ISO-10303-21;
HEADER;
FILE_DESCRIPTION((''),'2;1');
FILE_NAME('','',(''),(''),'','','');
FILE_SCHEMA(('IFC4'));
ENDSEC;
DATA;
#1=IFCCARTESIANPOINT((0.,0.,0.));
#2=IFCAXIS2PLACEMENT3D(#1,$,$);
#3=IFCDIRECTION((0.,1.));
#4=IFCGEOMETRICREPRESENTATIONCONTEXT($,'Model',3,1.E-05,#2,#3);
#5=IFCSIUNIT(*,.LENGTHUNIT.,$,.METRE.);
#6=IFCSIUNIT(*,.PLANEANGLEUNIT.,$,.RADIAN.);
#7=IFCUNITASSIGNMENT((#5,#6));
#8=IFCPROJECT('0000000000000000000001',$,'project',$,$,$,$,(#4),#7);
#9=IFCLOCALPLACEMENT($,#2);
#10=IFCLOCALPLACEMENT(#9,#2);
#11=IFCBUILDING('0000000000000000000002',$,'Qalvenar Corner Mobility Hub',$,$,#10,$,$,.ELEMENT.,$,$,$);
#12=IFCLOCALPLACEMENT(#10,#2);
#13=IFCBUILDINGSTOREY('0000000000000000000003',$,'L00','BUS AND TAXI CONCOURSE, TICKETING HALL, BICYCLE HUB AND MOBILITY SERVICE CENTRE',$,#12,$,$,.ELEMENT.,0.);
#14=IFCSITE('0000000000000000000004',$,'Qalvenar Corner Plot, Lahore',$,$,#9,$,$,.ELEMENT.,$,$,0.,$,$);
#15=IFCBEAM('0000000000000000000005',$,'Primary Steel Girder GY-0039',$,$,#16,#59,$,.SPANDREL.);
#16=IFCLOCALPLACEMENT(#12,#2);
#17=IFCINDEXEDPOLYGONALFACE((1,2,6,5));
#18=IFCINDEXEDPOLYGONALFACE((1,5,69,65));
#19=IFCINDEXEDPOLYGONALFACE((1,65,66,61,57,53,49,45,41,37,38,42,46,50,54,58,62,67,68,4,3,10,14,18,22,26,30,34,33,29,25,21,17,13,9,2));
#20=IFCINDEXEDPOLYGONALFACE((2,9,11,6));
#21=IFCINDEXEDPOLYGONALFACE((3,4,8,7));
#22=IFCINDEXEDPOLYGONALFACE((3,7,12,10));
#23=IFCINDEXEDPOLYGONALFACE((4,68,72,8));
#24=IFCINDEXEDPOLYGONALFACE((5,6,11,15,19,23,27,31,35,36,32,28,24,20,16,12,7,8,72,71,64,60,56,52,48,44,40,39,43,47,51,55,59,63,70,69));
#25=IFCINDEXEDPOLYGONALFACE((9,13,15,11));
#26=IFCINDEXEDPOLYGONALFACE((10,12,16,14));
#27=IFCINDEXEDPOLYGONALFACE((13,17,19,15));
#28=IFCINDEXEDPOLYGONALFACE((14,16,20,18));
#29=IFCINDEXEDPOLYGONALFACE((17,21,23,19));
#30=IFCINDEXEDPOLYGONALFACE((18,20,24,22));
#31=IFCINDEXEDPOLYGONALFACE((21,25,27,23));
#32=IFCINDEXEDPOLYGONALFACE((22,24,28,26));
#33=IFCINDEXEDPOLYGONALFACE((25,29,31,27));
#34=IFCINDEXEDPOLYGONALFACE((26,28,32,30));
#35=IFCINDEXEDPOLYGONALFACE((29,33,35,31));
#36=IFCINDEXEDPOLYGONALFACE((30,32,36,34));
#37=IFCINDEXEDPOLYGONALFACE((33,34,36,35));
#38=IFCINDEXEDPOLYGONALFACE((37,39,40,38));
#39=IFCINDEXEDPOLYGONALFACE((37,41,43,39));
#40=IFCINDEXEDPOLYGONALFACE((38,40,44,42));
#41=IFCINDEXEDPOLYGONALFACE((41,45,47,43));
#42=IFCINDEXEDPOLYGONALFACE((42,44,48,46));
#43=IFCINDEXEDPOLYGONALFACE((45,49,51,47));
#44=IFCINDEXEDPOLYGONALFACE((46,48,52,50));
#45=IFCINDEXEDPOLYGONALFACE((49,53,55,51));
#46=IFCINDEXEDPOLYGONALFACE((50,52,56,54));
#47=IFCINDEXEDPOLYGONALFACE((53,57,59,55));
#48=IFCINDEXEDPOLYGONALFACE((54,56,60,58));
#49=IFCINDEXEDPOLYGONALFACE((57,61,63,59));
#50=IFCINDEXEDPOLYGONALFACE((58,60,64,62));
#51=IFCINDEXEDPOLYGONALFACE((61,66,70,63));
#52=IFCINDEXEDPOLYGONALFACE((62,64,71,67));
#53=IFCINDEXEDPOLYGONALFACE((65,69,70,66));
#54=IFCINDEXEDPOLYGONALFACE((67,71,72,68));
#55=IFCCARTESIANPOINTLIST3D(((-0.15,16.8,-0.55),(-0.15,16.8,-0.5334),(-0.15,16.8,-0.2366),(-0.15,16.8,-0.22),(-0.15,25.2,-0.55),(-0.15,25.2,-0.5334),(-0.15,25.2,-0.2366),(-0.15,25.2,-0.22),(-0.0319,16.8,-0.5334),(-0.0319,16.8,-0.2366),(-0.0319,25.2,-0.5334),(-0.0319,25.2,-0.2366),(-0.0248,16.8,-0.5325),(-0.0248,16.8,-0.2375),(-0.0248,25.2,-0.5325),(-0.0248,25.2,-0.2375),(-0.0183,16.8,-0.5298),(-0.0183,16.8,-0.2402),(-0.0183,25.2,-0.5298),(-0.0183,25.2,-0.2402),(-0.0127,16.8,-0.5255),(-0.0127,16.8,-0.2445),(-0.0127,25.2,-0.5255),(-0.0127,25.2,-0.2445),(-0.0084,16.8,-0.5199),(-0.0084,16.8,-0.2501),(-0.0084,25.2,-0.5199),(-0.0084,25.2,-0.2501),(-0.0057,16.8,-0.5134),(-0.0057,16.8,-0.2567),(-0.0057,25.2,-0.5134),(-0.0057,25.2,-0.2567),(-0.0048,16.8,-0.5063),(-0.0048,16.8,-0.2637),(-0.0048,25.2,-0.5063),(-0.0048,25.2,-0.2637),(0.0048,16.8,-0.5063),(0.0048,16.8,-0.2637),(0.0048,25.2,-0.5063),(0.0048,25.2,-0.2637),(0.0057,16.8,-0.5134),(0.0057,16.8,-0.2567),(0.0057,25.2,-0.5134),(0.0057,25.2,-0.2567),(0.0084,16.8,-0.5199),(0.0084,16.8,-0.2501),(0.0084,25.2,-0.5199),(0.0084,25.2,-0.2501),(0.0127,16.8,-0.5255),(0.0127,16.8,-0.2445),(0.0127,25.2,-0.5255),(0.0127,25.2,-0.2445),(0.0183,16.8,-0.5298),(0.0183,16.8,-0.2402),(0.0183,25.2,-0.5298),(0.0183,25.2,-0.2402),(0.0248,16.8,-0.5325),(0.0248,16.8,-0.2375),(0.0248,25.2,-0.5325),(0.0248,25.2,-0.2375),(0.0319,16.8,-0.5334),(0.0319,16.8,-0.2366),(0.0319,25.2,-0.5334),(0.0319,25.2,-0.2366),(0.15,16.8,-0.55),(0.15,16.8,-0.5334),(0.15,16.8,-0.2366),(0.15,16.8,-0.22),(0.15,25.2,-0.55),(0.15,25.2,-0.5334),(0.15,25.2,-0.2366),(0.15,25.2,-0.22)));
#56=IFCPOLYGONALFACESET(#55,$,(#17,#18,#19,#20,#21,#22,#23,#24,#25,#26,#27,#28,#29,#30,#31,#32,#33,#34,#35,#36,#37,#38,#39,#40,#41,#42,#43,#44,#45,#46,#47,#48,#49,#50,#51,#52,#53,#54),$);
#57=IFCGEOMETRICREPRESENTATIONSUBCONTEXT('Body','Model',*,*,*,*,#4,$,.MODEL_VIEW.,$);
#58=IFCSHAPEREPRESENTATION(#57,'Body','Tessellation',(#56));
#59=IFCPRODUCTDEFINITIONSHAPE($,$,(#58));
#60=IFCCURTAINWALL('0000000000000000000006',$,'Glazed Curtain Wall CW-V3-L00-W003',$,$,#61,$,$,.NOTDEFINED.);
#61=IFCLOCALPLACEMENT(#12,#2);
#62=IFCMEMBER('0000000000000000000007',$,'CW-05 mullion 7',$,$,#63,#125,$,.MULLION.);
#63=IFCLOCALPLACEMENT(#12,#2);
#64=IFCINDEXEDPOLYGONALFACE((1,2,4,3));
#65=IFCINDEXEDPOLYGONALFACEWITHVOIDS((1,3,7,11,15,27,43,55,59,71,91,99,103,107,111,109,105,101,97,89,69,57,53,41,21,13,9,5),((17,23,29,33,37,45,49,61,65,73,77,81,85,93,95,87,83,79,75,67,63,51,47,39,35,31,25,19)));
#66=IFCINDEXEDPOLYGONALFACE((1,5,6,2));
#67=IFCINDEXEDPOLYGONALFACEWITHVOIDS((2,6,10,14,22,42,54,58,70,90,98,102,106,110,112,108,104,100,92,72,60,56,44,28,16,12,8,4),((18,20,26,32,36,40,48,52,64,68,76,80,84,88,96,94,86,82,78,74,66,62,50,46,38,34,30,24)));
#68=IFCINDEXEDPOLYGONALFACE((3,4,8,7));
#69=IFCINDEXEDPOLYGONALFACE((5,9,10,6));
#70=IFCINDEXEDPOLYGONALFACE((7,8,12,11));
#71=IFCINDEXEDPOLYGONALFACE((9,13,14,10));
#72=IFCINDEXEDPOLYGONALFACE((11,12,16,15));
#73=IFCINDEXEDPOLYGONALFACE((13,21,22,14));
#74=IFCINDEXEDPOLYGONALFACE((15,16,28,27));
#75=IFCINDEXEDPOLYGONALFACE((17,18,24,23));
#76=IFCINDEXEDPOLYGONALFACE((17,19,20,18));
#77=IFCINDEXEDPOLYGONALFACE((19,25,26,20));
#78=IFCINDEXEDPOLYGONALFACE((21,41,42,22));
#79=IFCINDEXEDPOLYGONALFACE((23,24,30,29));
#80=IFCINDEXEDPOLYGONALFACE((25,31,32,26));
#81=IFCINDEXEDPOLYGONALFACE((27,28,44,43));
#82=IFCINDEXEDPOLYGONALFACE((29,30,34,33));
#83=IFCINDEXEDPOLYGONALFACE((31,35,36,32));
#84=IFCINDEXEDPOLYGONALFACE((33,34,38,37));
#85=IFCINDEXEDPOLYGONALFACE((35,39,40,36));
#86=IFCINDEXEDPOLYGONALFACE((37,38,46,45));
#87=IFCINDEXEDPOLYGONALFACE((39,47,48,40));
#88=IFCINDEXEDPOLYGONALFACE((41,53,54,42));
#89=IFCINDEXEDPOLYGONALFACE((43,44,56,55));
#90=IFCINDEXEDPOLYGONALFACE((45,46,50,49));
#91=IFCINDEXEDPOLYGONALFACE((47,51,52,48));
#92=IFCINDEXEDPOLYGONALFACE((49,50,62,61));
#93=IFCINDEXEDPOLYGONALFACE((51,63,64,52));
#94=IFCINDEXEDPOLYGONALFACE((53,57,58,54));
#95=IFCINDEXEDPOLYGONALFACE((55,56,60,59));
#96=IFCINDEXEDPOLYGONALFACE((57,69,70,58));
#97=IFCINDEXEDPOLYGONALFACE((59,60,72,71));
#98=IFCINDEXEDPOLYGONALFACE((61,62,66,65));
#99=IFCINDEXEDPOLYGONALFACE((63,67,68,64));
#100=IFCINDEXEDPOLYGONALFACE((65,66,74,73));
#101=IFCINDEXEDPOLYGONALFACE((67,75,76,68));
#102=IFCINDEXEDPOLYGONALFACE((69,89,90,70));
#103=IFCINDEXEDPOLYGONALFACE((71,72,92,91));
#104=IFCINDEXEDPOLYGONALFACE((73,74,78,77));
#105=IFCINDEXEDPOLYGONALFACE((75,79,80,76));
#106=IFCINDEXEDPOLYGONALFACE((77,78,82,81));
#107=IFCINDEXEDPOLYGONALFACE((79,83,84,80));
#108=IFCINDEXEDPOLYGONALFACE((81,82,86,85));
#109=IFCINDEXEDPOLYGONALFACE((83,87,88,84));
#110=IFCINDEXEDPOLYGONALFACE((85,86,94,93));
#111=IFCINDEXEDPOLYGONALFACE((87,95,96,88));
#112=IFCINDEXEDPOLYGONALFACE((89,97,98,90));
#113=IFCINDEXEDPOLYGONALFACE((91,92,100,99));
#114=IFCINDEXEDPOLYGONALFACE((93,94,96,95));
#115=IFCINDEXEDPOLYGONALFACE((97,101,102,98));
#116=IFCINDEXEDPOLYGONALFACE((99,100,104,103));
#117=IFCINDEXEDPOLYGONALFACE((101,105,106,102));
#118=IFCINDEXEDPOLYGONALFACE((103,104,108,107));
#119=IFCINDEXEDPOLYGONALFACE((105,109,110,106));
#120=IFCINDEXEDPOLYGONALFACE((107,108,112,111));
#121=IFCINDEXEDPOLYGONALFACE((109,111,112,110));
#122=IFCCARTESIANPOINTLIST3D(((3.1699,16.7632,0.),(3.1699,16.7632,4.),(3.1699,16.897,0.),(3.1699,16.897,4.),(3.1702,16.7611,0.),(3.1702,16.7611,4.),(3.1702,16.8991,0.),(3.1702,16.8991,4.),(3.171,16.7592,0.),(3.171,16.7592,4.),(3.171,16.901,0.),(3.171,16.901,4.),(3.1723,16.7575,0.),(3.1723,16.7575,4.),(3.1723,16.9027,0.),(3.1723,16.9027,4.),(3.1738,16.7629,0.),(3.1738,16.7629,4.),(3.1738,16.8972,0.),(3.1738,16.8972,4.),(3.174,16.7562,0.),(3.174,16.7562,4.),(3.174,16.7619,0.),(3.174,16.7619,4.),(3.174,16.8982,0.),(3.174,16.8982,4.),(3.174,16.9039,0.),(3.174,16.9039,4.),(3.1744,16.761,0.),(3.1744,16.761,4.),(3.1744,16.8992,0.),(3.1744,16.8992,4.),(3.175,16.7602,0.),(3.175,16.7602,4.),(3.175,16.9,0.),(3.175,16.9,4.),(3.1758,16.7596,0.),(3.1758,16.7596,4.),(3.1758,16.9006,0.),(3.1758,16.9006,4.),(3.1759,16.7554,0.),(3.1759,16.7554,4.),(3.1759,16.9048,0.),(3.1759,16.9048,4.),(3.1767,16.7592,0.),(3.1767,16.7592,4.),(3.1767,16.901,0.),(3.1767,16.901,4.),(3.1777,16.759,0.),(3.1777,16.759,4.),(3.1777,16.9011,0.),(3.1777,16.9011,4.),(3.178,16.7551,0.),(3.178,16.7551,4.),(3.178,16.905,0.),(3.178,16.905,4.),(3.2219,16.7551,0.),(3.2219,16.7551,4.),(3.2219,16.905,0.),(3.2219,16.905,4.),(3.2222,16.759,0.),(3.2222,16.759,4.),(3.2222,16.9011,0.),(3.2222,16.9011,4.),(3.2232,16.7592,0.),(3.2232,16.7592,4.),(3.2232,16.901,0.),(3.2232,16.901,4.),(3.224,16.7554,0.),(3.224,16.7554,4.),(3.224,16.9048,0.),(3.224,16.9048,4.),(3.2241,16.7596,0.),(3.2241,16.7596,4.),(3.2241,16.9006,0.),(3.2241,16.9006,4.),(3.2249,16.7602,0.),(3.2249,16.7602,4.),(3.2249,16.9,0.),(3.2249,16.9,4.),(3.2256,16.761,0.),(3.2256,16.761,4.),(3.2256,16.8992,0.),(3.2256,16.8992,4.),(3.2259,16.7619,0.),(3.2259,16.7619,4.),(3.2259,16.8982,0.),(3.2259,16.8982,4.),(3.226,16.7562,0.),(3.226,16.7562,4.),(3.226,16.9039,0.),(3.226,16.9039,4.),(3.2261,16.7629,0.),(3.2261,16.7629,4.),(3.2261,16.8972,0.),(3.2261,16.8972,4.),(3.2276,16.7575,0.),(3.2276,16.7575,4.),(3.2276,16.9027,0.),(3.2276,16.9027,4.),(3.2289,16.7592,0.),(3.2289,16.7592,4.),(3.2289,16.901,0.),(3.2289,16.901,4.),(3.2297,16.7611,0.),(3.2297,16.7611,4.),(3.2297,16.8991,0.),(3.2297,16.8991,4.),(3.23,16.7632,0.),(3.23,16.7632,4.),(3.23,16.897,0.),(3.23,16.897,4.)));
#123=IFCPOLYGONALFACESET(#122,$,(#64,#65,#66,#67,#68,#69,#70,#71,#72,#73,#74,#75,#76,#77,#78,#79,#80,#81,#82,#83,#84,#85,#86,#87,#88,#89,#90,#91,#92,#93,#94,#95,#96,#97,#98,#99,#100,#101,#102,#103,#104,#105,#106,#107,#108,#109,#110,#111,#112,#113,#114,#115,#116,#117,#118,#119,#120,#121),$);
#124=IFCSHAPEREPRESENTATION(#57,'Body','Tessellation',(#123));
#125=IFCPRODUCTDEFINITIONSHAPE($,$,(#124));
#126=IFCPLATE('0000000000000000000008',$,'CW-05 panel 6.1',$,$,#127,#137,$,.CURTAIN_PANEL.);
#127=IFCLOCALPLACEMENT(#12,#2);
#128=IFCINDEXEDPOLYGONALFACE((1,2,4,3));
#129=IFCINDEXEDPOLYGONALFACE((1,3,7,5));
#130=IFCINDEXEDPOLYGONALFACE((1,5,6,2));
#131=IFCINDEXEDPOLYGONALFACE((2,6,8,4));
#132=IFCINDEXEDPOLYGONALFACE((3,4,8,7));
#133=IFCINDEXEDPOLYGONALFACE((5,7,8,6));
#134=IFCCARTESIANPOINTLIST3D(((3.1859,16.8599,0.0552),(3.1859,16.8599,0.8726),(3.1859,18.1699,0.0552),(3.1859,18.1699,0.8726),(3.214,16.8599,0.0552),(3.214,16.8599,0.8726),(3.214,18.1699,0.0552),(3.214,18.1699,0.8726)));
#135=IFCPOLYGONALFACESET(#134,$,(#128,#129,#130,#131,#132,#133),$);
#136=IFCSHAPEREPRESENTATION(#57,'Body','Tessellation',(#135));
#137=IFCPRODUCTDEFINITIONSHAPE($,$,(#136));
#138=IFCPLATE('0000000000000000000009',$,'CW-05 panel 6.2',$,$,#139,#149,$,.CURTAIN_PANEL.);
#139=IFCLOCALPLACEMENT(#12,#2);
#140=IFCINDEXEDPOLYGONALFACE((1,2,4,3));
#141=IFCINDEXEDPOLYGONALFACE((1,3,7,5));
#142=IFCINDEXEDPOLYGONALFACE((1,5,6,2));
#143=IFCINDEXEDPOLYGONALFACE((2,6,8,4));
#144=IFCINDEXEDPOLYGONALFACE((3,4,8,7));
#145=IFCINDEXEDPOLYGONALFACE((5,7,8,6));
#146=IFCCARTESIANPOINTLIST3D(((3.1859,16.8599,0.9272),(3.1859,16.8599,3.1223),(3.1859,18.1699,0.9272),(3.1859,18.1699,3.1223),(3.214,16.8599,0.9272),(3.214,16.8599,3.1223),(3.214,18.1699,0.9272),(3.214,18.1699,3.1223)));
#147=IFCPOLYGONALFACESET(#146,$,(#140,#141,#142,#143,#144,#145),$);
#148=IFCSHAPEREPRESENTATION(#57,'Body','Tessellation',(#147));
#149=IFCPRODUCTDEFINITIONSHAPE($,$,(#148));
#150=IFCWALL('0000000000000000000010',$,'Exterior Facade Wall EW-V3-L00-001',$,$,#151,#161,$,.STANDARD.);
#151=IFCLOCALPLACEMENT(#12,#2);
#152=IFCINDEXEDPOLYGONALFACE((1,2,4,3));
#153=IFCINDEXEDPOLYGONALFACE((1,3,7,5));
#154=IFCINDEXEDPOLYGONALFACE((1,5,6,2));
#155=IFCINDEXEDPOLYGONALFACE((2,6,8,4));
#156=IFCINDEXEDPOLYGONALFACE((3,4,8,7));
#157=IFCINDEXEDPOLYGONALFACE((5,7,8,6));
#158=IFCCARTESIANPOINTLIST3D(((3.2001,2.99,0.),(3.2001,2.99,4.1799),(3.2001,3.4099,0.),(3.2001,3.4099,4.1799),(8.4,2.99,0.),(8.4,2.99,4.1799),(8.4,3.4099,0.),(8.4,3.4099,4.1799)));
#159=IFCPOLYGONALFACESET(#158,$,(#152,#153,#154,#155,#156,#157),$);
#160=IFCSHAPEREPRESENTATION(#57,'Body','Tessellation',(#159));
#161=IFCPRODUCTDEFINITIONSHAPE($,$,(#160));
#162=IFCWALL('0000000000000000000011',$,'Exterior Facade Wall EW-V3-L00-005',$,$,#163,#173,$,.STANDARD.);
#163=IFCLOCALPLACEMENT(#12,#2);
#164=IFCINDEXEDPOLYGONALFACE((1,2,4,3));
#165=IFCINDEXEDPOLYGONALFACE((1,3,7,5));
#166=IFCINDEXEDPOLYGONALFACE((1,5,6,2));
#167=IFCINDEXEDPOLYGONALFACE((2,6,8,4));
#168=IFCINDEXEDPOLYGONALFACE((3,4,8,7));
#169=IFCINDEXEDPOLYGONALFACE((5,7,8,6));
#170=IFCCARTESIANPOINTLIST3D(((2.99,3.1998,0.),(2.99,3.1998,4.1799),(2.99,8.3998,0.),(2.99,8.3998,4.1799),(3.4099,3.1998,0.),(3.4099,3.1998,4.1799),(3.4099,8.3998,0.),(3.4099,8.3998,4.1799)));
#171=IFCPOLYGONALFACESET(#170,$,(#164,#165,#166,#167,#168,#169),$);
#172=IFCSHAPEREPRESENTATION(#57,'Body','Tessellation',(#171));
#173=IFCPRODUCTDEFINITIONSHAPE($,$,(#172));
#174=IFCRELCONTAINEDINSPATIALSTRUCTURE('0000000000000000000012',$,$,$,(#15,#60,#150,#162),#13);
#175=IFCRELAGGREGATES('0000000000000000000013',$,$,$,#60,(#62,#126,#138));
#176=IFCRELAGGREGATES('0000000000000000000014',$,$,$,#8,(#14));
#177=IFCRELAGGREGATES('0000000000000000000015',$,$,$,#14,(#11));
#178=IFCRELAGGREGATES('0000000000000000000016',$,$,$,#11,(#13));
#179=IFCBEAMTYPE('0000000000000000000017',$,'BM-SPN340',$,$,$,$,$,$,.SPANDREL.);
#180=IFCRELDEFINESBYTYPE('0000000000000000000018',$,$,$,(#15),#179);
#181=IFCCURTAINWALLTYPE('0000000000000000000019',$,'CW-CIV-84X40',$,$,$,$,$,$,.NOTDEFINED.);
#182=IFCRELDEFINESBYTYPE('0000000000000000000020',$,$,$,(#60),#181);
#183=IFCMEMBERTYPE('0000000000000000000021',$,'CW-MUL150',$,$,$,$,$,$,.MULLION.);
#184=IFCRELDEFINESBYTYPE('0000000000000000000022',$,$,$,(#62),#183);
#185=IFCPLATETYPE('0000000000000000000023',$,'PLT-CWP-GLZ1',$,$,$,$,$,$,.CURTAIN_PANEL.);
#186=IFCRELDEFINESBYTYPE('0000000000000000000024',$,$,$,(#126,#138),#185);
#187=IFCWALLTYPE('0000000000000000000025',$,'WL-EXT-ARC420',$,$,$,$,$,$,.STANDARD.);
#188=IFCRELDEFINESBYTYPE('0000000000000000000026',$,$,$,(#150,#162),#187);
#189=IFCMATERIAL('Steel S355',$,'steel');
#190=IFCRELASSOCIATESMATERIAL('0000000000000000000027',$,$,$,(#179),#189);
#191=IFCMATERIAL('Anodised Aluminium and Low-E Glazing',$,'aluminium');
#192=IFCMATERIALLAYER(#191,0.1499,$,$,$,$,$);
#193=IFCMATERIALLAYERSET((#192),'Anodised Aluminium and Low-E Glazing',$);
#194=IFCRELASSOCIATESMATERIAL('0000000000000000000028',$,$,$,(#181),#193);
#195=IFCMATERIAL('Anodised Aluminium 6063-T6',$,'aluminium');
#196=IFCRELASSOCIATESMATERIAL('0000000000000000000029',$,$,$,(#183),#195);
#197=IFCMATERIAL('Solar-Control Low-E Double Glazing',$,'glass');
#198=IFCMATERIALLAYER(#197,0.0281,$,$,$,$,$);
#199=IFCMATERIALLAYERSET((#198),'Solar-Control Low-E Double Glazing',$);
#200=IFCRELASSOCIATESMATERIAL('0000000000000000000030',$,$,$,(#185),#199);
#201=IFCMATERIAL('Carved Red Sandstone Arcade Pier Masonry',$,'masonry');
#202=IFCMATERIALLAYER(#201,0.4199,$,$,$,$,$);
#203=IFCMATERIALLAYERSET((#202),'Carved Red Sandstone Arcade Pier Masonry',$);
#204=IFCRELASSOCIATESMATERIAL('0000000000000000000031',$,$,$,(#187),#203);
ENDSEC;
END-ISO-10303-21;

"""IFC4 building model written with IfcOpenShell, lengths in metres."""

from ifc_helpers import new_model, si_unit, direction, frame, frame_2d, origin, origin_2d, place, context, subcontext, project, spatial, rectangle, hollow_rectangle, i_section, extrude, material, layer, layer_set, material_profile, profile_set, type_object, element, aggregate, save


model = new_model("IFC4")

# Units and contexts
model_context = context("Model", 3, precision=1e-05, world=origin(), true_north=direction((0.0, 1.0)))
body_context = subcontext(model_context, "Body", "Model", "MODEL_VIEW")
ifc_project = project(units=[si_unit("LENGTHUNIT", "METRE"), si_unit("PLANEANGLEUNIT", "RADIAN")], contexts=[model_context])

# Site, building, storey
site_placement = place(None, origin())
site = spatial("IfcSite", under=ifc_project, at=site_placement, Name="Qalvenar Corner Plot, Lahore", CompositionType="ELEMENT", RefElevation=0.0)
building_placement = place(site_placement, origin())
building = spatial("IfcBuilding", under=site, at=building_placement, Name="Qalvenar Corner Mobility Hub", CompositionType="ELEMENT")
storey_placement = place(building_placement, origin())
storey = spatial("IfcBuildingStorey", under=building, at=storey_placement, Name="L00", Description="BUS AND TAXI CONCOURSE, TICKETING HALL, BICYCLE HUB AND MOBILITY SERVICE CENTRE", CompositionType="ELEMENT", Elevation=0.0)

# Shared definitions
ifc_material_1 = material(Name="Steel S355", Category="steel")

# Beam
ifc_material_profile_1 = material_profile(ifc_material_1, i_section(OverallWidth=0.3, OverallDepth=0.3301, WebThickness=0.0095, FlangeThickness=0.0166, FilletRadius=0.0271, at=origin_2d()), Name="HEA340")
ifc_profile_set_1 = profile_set([ifc_material_profile_1], Name="Steel S355")
beam_type_1 = type_object("IfcBeamType", Name="BM-SPN340", PredefinedType="SPANDREL", material=ifc_profile_set_1)
beam_1_placement = place(storey_placement, frame((0.0, 16.8, -0.385), z_axis=(0.0, 1.0, 0.0), x_axis=(-1.0, 0.0, 0.0)))
element("IfcBeam", 1, at=beam_1_placement, inside=storey, type_object=beam_type_1, Name="Primary Steel Girder GY-0039", PredefinedType="SPANDREL", context=body_context, shape_type="SweptSolid", body=[
    extrude(i_section(OverallWidth=0.3, OverallDepth=0.3301, WebThickness=0.0095, FlangeThickness=0.0166, FilletRadius=0.0271, at=origin_2d()), origin(), (0.0, 0.0, 1.0), 8.3999),
])

# Curtain wall, member, plates
ifc_material_2 = material(Name="Anodised Aluminium and Low-E Glazing", Category="aluminium")
ifc_layer_1 = layer(ifc_material_2, 0.1499)
ifc_layer_set_1 = layer_set([ifc_layer_1], Name="Anodised Aluminium and Low-E Glazing")
curtain_wall_type = type_object("IfcCurtainWallType", Name="CW-CIV-84X40", PredefinedType="NOTDEFINED", material=ifc_layer_set_1)
curtain_wall_placement = place(storey_placement, origin())
curtain_wall = element("IfcCurtainWall", 2, at=curtain_wall_placement, inside=storey, type_object=curtain_wall_type, Name="Glazed Curtain Wall CW-V3-L00-W003", PredefinedType="NOTDEFINED")
ifc_material_3 = material(Name="Anodised Aluminium 6063-T6", Category="aluminium")
ifc_material_profile_2 = material_profile(ifc_material_3, hollow_rectangle(XDim=0.0601, YDim=0.1499, WallThickness=0.0039, InnerFilletRadius=0.0039, OuterFilletRadius=0.0081, at=origin_2d()), Name="RHS150x60x4")
ifc_profile_set_2 = profile_set([ifc_material_profile_2], Name="Anodised Aluminium 6063-T6")
member_type = type_object("IfcMemberType", Name="CW-MUL150", PredefinedType="MULLION", material=ifc_profile_set_2)
member_placement = place(storey_placement, frame((3.2, 16.8301, 0.0), z_axis=(0.0, 0.0, 1.0), x_axis=(1.0, 0.0, 0.0)))
member = element("IfcMember", 3, at=member_placement, type_object=member_type, Name="CW-05 mullion 7", PredefinedType="MULLION", context=body_context, shape_type="SweptSolid", body=[
    extrude(hollow_rectangle(XDim=0.0601, YDim=0.1499, WallThickness=0.0039, InnerFilletRadius=0.0039, OuterFilletRadius=0.0081, at=origin_2d()), origin(), (0.0, 0.0, 1.0), 4.0),
])
ifc_material_4 = material(Name="Solar-Control Low-E Double Glazing", Category="glass")
ifc_layer_2 = layer(ifc_material_4, 0.0281)
ifc_layer_set_2 = layer_set([ifc_layer_2], Name="Solar-Control Low-E Double Glazing")
plate_type = type_object("IfcPlateType", Name="PLT-CWP-GLZ1", PredefinedType="CURTAIN_PANEL", material=ifc_layer_set_2)
plate_1_placement = place(storey_placement, frame((3.2, 17.5149, 0.0552), z_axis=(0.0, 0.0, 1.0), x_axis=(0.0, -1.0, 0.0)))
plate_1 = element("IfcPlate", 4, at=plate_1_placement, type_object=plate_type, Name="CW-05 panel 6.1", PredefinedType="CURTAIN_PANEL", context=body_context, shape_type="SweptSolid", body=[
    extrude(rectangle(XDim=1.3101, YDim=0.0281, at=origin_2d()), origin(), (0.0, 0.0, 1.0), 0.8174),
])
plate_2_placement = place(storey_placement, frame((3.2, 17.5149, 0.9272), z_axis=(0.0, 0.0, 1.0), x_axis=(0.0, -1.0, 0.0)))
plate_2 = element("IfcPlate", 5, at=plate_2_placement, type_object=plate_type, Name="CW-05 panel 6.2", PredefinedType="CURTAIN_PANEL", context=body_context, shape_type="SweptSolid", body=[
    extrude(rectangle(XDim=1.3101, YDim=0.0281, at=origin_2d()), origin(), (0.0, 0.0, 1.0), 2.1951),
])
aggregate(curtain_wall, [member, plate_1, plate_2])

# Walls
ifc_material_5 = material(Name="Carved Red Sandstone Arcade Pier Masonry", Category="masonry")
ifc_layer_3 = layer(ifc_material_5, 0.4199)
ifc_layer_set_3 = layer_set([ifc_layer_3], Name="Carved Red Sandstone Arcade Pier Masonry")
wall_type_1 = type_object("IfcWallType", Name="WL-EXT-ARC420", PredefinedType="STANDARD", material=ifc_layer_set_3)
for number, where, z_axis, x_axis, name in (
    (6, (3.2, 3.2, 0.0), (0.0, 0.0, 1.0), (1.0, 0.0, 0.0), "Exterior Facade Wall EW-V3-L00-001"),
    (7, (3.2, 8.3999, 0.0), (0.0, 0.0, 1.0), (0.0, -1.0, 0.0), "Exterior Facade Wall EW-V3-L00-005"),
):
    element("IfcWall", number, at=place(storey_placement, frame(where, z_axis=z_axis, x_axis=x_axis)), inside=storey, type_object=wall_type_1, Name=name, PredefinedType="STANDARD", context=body_context, shape_type="SweptSolid", body=[
        extrude(rectangle(XDim=5.2, YDim=0.4199, at=frame_2d((2.6001, 0.0))), origin(), (0.0, 0.0, 1.0), 4.1799),
    ])

save(model, "model.ifc")
